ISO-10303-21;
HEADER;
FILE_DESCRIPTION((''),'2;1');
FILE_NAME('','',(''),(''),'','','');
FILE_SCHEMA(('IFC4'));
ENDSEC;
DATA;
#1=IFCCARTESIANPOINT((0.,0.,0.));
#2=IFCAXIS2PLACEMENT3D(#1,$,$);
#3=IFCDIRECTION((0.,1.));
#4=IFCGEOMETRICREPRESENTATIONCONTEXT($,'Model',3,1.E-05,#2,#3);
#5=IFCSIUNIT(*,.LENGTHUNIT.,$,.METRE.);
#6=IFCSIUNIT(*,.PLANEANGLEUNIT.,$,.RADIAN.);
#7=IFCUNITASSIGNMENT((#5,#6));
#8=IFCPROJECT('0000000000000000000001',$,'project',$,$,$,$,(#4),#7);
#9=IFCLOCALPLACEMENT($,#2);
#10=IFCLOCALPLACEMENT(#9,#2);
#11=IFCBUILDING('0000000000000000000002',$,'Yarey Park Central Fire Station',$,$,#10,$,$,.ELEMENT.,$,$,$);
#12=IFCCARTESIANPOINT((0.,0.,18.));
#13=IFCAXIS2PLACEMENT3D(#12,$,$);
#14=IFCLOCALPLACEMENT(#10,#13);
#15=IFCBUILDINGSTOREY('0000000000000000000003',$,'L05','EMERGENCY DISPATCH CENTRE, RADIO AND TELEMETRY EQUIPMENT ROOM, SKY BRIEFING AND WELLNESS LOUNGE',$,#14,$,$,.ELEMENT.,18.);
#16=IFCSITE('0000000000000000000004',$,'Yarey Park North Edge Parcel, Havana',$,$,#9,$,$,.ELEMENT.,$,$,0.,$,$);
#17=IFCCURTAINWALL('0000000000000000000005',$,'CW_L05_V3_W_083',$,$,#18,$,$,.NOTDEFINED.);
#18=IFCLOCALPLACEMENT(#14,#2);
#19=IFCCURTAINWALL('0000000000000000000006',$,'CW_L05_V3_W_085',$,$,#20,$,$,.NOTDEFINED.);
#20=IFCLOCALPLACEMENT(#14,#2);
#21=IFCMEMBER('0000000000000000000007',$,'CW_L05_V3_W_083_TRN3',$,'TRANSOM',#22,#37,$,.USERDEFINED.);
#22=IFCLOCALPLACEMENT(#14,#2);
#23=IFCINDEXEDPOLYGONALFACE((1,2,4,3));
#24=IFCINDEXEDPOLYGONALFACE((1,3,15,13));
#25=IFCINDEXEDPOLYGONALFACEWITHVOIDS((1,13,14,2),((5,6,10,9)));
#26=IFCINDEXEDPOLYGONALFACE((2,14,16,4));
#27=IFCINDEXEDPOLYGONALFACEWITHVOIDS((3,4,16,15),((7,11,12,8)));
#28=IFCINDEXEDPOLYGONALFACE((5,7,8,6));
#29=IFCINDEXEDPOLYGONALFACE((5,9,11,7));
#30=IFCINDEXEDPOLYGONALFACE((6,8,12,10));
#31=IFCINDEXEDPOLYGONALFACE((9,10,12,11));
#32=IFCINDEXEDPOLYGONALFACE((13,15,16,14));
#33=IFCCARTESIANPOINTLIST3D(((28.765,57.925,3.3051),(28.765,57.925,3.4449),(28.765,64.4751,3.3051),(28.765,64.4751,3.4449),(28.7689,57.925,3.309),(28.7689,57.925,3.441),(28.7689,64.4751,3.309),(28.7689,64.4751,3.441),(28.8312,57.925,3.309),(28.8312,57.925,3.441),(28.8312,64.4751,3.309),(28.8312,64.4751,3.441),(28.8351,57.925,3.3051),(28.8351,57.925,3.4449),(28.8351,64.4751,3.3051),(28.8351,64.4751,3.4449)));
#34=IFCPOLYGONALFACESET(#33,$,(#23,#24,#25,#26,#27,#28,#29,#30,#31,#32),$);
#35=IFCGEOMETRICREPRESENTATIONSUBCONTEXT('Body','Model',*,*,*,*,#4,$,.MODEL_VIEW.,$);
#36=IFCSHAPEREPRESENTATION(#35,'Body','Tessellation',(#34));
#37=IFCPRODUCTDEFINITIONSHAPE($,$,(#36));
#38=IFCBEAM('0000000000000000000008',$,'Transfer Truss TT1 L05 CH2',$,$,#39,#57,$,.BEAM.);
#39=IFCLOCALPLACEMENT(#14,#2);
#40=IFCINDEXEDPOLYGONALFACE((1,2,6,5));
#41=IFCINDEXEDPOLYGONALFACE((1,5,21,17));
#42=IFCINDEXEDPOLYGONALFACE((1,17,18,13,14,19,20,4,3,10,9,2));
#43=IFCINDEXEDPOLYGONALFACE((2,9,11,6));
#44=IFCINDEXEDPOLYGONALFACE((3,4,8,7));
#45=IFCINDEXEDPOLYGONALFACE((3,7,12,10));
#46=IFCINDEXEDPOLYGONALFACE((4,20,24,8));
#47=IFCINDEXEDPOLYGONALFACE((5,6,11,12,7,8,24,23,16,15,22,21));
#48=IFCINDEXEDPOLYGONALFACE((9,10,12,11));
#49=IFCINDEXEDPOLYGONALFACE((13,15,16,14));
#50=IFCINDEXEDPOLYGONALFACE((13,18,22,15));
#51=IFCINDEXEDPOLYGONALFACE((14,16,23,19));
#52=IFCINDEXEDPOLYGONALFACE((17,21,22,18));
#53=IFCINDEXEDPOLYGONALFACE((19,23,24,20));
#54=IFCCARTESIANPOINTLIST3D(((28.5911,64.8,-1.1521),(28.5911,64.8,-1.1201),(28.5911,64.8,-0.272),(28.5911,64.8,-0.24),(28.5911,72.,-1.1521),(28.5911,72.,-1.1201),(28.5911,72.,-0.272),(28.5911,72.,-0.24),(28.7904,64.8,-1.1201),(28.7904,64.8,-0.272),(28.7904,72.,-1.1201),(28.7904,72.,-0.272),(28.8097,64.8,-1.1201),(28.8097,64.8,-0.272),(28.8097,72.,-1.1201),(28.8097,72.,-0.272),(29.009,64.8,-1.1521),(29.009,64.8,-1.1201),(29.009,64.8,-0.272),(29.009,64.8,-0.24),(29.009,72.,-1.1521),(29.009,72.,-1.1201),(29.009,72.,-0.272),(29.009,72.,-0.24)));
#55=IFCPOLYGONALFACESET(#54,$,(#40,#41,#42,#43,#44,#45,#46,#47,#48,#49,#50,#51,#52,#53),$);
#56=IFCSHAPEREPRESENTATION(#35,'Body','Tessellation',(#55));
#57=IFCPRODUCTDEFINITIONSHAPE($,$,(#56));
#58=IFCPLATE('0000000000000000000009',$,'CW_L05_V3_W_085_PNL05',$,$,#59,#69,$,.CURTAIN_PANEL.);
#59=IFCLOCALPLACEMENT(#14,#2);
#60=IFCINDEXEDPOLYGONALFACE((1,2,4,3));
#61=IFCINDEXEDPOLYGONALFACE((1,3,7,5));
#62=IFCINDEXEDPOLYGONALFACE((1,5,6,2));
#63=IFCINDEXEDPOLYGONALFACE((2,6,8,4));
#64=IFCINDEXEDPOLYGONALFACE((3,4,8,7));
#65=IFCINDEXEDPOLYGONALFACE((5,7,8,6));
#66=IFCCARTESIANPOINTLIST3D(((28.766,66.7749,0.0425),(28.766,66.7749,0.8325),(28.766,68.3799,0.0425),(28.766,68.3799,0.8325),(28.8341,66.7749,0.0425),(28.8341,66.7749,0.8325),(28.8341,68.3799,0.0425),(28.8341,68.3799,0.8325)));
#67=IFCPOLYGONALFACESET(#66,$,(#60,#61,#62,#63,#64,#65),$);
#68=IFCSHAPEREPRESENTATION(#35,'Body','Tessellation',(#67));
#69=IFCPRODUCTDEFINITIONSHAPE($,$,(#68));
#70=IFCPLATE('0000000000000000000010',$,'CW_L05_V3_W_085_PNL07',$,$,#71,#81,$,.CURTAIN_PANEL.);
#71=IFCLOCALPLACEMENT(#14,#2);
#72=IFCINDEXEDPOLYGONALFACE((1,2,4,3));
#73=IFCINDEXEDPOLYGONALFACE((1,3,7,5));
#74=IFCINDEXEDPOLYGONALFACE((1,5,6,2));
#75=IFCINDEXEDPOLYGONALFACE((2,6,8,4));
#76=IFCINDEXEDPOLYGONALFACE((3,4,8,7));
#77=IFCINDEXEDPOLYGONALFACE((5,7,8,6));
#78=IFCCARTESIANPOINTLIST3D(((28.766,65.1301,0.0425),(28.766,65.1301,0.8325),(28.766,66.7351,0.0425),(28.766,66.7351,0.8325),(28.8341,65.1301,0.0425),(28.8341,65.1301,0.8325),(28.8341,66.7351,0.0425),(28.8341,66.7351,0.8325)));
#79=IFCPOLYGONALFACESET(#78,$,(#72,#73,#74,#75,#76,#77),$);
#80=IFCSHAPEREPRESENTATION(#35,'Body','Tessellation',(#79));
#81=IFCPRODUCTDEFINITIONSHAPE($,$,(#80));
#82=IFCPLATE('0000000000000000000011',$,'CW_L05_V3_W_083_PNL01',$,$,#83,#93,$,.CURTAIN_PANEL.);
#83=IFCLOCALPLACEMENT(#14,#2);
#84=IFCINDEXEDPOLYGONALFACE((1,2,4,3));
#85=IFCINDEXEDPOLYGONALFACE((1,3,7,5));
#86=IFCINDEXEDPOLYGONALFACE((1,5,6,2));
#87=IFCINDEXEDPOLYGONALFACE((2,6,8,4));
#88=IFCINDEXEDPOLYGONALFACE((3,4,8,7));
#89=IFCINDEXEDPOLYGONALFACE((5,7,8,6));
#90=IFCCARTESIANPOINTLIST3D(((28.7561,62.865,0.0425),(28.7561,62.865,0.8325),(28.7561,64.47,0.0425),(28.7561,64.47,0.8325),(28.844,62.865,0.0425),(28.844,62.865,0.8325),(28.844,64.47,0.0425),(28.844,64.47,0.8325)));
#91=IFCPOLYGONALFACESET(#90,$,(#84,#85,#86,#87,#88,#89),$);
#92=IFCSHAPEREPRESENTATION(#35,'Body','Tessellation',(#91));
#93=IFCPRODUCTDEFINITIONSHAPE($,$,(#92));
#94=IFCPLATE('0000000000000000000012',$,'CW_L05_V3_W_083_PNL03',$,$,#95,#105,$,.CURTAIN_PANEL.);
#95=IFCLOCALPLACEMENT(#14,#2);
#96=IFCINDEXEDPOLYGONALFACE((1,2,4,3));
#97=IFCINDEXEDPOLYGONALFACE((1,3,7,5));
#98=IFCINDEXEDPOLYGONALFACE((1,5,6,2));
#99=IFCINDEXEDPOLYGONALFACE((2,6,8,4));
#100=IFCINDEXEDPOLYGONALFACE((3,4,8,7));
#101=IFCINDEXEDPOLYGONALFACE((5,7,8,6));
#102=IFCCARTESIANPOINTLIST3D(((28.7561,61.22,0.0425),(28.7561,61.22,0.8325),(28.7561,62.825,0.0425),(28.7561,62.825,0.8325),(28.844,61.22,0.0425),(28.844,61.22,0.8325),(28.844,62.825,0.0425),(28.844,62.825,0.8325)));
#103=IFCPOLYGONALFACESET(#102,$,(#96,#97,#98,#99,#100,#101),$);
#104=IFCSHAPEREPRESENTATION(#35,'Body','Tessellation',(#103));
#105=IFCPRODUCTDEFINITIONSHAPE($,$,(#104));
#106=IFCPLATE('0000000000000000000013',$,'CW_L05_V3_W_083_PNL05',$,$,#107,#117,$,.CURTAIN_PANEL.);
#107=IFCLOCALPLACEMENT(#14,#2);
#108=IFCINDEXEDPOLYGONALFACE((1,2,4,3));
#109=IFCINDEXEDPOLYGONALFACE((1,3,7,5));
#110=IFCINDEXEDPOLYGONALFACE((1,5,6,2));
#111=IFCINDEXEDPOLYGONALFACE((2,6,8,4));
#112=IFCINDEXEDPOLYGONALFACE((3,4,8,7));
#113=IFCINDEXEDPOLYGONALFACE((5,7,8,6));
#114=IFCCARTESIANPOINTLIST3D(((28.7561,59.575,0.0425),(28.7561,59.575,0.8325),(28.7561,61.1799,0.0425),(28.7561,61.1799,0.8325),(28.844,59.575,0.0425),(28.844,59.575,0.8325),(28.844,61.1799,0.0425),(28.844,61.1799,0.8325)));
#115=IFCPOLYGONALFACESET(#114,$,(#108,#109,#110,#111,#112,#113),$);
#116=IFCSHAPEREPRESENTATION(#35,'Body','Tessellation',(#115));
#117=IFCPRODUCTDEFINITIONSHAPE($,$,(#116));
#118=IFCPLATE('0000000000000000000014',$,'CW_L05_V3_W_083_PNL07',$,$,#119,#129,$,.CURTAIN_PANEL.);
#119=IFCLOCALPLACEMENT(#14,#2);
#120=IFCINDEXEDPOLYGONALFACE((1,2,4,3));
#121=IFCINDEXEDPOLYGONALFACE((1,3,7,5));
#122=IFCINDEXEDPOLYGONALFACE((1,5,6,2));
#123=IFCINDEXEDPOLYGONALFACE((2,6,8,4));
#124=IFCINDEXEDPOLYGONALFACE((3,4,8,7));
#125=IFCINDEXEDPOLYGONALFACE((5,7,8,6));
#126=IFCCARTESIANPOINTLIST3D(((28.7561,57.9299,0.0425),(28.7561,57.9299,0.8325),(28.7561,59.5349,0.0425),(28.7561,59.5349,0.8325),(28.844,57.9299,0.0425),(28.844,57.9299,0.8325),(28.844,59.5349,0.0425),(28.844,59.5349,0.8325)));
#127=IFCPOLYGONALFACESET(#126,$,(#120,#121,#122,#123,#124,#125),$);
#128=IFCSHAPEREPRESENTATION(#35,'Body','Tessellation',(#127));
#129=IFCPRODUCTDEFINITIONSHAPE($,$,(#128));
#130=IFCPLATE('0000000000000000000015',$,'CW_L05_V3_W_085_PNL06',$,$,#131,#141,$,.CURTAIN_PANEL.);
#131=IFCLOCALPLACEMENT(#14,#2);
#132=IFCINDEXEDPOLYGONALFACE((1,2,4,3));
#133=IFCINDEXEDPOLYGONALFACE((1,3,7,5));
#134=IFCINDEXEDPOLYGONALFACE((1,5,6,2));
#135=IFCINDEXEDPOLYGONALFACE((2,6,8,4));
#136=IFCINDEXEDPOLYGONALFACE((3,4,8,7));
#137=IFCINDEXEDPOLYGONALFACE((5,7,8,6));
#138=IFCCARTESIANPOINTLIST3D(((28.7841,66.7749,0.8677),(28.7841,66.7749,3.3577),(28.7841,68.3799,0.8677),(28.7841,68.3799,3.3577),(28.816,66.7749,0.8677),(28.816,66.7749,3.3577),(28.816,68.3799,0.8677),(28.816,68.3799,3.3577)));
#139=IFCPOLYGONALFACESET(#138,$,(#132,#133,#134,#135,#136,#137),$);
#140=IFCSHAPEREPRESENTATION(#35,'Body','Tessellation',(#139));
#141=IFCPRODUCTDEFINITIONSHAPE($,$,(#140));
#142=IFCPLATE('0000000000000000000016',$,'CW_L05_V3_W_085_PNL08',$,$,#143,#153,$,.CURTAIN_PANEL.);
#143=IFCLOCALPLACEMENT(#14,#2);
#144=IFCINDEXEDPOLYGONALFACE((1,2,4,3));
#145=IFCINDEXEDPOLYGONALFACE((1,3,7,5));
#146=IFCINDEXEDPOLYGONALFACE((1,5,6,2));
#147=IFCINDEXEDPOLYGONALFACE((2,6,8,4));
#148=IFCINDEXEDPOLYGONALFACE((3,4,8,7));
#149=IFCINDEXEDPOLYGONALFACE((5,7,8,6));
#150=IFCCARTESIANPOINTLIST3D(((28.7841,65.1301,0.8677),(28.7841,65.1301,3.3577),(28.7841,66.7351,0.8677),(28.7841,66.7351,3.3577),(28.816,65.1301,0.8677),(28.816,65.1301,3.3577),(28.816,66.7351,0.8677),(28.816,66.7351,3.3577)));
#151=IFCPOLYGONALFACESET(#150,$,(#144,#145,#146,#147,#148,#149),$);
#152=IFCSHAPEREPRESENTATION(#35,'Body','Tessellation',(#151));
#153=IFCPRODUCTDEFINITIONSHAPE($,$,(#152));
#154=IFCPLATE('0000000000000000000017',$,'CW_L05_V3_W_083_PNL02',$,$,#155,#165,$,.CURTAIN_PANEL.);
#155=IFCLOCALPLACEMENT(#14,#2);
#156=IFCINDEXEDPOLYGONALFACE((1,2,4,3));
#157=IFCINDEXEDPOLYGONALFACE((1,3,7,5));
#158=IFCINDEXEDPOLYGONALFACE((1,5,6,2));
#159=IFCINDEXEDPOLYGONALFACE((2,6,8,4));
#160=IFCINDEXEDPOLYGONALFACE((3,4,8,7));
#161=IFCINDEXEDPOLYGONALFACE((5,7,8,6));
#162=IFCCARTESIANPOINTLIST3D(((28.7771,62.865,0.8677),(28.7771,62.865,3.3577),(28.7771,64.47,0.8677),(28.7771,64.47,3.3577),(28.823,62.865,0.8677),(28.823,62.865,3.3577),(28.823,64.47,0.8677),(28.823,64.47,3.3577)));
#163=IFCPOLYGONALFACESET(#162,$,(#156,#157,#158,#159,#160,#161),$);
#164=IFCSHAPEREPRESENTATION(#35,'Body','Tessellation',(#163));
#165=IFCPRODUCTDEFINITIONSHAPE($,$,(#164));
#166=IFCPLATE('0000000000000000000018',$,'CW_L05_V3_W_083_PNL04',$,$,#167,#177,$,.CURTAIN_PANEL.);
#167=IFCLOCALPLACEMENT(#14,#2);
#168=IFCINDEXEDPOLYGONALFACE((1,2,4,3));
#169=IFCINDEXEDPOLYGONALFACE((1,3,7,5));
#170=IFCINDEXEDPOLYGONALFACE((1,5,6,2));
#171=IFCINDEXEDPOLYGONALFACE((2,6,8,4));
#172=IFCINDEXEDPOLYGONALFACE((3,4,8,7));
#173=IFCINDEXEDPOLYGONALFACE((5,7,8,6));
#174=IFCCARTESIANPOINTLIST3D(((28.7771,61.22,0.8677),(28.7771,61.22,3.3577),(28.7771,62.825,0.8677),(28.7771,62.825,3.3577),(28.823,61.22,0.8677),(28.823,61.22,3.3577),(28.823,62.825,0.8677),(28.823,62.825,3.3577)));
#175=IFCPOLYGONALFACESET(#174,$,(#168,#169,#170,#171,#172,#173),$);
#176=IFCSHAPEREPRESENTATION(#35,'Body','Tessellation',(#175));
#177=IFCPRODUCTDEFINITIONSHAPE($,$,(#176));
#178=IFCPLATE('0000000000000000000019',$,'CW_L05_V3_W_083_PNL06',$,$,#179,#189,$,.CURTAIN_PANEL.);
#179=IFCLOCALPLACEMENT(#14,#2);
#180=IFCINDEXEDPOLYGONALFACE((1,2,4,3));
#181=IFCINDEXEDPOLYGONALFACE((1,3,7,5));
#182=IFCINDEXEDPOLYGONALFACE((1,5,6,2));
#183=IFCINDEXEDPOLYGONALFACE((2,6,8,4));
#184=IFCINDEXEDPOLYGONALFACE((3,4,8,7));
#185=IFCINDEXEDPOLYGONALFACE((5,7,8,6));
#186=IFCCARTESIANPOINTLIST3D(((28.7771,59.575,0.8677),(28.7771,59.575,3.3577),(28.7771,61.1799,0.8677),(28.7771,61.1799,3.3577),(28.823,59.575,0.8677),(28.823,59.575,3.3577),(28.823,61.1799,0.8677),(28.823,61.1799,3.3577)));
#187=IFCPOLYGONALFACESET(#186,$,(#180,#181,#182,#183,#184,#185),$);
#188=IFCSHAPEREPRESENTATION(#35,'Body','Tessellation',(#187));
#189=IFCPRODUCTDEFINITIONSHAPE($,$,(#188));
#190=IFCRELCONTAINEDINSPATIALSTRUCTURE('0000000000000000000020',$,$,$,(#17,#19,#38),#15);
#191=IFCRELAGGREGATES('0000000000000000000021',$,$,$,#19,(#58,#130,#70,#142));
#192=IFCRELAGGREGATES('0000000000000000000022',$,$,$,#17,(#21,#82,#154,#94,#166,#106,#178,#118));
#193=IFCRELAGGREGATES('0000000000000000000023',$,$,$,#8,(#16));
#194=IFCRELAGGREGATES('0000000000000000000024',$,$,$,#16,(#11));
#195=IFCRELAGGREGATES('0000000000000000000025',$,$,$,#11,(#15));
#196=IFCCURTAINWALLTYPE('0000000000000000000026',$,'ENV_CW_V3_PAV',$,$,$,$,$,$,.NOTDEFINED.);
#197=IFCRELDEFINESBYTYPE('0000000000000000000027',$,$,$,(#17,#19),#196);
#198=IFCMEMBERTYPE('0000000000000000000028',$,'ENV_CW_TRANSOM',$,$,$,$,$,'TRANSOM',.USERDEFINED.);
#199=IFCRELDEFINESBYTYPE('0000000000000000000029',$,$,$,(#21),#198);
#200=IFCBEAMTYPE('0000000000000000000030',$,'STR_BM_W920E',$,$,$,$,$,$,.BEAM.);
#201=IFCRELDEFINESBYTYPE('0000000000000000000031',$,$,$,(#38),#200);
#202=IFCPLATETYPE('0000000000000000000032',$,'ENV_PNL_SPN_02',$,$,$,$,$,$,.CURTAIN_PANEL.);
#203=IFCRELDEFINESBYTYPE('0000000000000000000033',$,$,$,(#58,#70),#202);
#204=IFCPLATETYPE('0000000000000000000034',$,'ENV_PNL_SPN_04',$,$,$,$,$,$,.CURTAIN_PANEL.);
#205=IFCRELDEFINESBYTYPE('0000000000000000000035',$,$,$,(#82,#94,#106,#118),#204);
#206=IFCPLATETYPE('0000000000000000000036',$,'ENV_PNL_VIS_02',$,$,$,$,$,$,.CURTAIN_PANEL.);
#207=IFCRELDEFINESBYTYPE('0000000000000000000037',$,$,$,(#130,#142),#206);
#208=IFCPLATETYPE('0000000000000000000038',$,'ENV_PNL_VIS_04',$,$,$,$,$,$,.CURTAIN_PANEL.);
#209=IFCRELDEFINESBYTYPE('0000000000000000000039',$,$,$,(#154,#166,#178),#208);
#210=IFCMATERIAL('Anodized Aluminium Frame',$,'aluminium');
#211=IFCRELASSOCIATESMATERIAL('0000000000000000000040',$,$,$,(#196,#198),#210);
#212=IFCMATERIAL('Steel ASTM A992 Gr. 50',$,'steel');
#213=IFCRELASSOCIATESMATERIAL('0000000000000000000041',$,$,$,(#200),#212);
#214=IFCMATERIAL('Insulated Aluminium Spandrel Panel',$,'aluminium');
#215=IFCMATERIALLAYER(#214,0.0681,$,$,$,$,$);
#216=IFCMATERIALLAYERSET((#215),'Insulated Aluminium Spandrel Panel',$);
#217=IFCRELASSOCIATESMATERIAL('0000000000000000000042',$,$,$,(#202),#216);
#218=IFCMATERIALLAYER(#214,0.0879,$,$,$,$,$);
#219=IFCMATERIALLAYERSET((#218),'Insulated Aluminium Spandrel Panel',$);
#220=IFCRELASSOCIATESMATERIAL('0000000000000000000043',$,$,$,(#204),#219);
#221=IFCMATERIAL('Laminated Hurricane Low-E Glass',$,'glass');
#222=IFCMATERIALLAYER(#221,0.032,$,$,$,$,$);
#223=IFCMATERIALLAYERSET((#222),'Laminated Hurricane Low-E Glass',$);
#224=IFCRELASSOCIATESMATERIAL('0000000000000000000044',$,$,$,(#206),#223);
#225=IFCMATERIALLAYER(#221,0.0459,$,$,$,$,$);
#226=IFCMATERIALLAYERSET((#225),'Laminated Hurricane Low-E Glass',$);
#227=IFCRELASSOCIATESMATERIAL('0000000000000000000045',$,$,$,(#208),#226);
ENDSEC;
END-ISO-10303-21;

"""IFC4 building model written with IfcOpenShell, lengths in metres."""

from ifc_helpers import new_model, si_unit, direction, frame, origin, origin_2d, place, context, subcontext, project, spatial, rectangle, hollow_rectangle, i_section, extrude, material, layer, layer_set, material_profile, profile_set, type_object, element, aggregate, save


model = new_model("IFC4")

# Units and contexts
model_context = context("Model", 3, precision=1e-05, world=origin(), true_north=direction((0.0, 1.0)))
body_context = subcontext(model_context, "Body", "Model", "MODEL_VIEW")
ifc_project = project(units=[si_unit("LENGTHUNIT", "METRE"), si_unit("PLANEANGLEUNIT", "RADIAN")], contexts=[model_context])

# Site, building, storey
site_placement = place(None, origin())
site = spatial("IfcSite", under=ifc_project, at=site_placement, Name="Yarey Park North Edge Parcel, Havana", CompositionType="ELEMENT", RefElevation=0.0)
building_placement = place(site_placement, origin())
building = spatial("IfcBuilding", under=site, at=building_placement, Name="Yarey Park Central Fire Station", CompositionType="ELEMENT")
storey_placement = place(building_placement, frame((0.0, 0.0, 18.0)))
storey = spatial("IfcBuildingStorey", under=building, at=storey_placement, Name="L05", Description="EMERGENCY DISPATCH CENTRE, RADIO AND TELEMETRY EQUIPMENT ROOM, SKY BRIEFING AND WELLNESS LOUNGE", CompositionType="ELEMENT", Elevation=18.0)

# Shared definitions
ifc_material_1 = material(Name="Steel ASTM A992 Gr. 50", Category="steel")

# Curtain walls
ifc_material_2 = material(Name="Anodized Aluminium Frame", Category="aluminium")
curtain_wall_type = type_object("IfcCurtainWallType", Name="ENV_CW_V3_PAV", PredefinedType="NOTDEFINED", material=ifc_material_2)
curtain_wall_1_placement = place(storey_placement, origin())
curtain_wall_1 = element("IfcCurtainWall", 1, at=curtain_wall_1_placement, inside=storey, type_object=curtain_wall_type, Name="CW_L05_V3_W_083", PredefinedType="NOTDEFINED")
curtain_wall_2_placement = place(storey_placement, origin())
curtain_wall_2 = element("IfcCurtainWall", 2, at=curtain_wall_2_placement, inside=storey, type_object=curtain_wall_type, Name="CW_L05_V3_W_085", PredefinedType="NOTDEFINED")

# Member
ifc_material_profile_1 = material_profile(ifc_material_2, hollow_rectangle(XDim=0.0701, YDim=0.1399, WallThickness=0.0039, at=origin_2d()), Name="ALU 140x70x4")
ifc_profile_set_1 = profile_set([ifc_material_profile_1], Name="Anodized Aluminium Frame")
member_type_1 = type_object("IfcMemberType", Name="ENV_CW_TRANSOM", ElementType="TRANSOM", PredefinedType="USERDEFINED", material=ifc_profile_set_1)
member_1_placement = place(storey_placement, frame((28.8, 64.4751, 3.375), z_axis=(0.0, -1.0, 0.0), x_axis=(1.0, 0.0, 0.0)))
member_1 = element("IfcMember", 3, at=member_1_placement, type_object=member_type_1, Name="CW_L05_V3_W_083_TRN3", ObjectType="TRANSOM", PredefinedType="USERDEFINED", context=body_context, shape_type="SweptSolid", body=[
    extrude(hollow_rectangle(XDim=0.0701, YDim=0.1399, WallThickness=0.0039, at=origin_2d()), origin(), (0.0, 0.0, 1.0), 6.55),
])

# Beam
ifc_material_profile_2 = material_profile(ifc_material_1, i_section(OverallWidth=0.418, OverallDepth=0.9121, WebThickness=0.0193, FlangeThickness=0.032, at=origin_2d()), Name="W920x342")
ifc_profile_set_2 = profile_set([ifc_material_profile_2], Name="Steel ASTM A992 Gr. 50")
beam_type = type_object("IfcBeamType", Name="STR_BM_W920E", PredefinedType="BEAM", material=ifc_profile_set_2)
beam_placement = place(storey_placement, frame((28.8, 64.8, -0.696), z_axis=(0.0, 1.0, 0.0), x_axis=(-1.0, 0.0, 0.0)))
element("IfcBeam", 4, at=beam_placement, inside=storey, type_object=beam_type, Name="Transfer Truss TT1 L05 CH2", PredefinedType="BEAM", context=body_context, shape_type="SweptSolid", body=[
    extrude(i_section(OverallWidth=0.418, OverallDepth=0.9121, WebThickness=0.0193, FlangeThickness=0.032, at=origin_2d()), origin(), (0.0, 0.0, 1.0), 7.2),
])

# Plates
ifc_material_3 = material(Name="Insulated Aluminium Spandrel Panel", Category="aluminium")
ifc_layer_1 = layer(ifc_material_3, 0.0681)
ifc_layer_set_1 = layer_set([ifc_layer_1], Name="Insulated Aluminium Spandrel Panel")
plate_type_1 = type_object("IfcPlateType", Name="ENV_PNL_SPN_02", PredefinedType="CURTAIN_PANEL", material=ifc_layer_set_1)
plate_1_placement = place(storey_placement, frame((28.8, 67.5774, 0.0425), z_axis=(0.0, 0.0, 1.0), x_axis=(0.0, -1.0, 0.0)))
plate_1 = element("IfcPlate", 5, at=plate_1_placement, type_object=plate_type_1, Name="CW_L05_V3_W_085_PNL05", PredefinedType="CURTAIN_PANEL", context=body_context, shape_type="SweptSolid", body=[
    extrude(rectangle(XDim=1.605, YDim=0.0681, at=origin_2d()), origin(), (0.0, 0.0, 1.0), 0.79),
])
plate_2_placement = place(storey_placement, frame((28.8, 65.9326, 0.0425), z_axis=(0.0, 0.0, 1.0), x_axis=(0.0, -1.0, 0.0)))
plate_2 = element("IfcPlate", 6, at=plate_2_placement, type_object=plate_type_1, Name="CW_L05_V3_W_085_PNL07", PredefinedType="CURTAIN_PANEL", context=body_context, shape_type="SweptSolid", body=[
    extrude(rectangle(XDim=1.605, YDim=0.0681, at=origin_2d()), origin(), (0.0, 0.0, 1.0), 0.79),
])
ifc_layer_2 = layer(ifc_material_3, 0.0879)
ifc_layer_set_2 = layer_set([ifc_layer_2], Name="Insulated Aluminium Spandrel Panel")
plate_type_2 = type_object("IfcPlateType", Name="ENV_PNL_SPN_04", PredefinedType="CURTAIN_PANEL", material=ifc_layer_set_2)
plate_3_placement = place(storey_placement, frame((28.8, 63.6675, 0.0425), z_axis=(0.0, 0.0, 1.0), x_axis=(0.0, -1.0, 0.0)))
plate_3 = element("IfcPlate", 7, at=plate_3_placement, type_object=plate_type_2, Name="CW_L05_V3_W_083_PNL01", PredefinedType="CURTAIN_PANEL", context=body_context, shape_type="SweptSolid", body=[
    extrude(rectangle(XDim=1.605, YDim=0.0879, at=origin_2d()), origin(), (0.0, 0.0, 1.0), 0.79),
])
plate_4_placement = place(storey_placement, frame((28.8, 62.0225, 0.0425), z_axis=(0.0, 0.0, 1.0), x_axis=(0.0, -1.0, 0.0)))
plate_4 = element("IfcPlate", 8, at=plate_4_placement, type_object=plate_type_2, Name="CW_L05_V3_W_083_PNL03", PredefinedType="CURTAIN_PANEL", context=body_context, shape_type="SweptSolid", body=[
    extrude(rectangle(XDim=1.605, YDim=0.0879, at=origin_2d()), origin(), (0.0, 0.0, 1.0), 0.79),
])
plate_5_placement = place(storey_placement, frame((28.8, 60.3774, 0.0425), z_axis=(0.0, 0.0, 1.0), x_axis=(0.0, -1.0, 0.0)))
plate_5 = element("IfcPlate", 9, at=plate_5_placement, type_object=plate_type_2, Name="CW_L05_V3_W_083_PNL05", PredefinedType="CURTAIN_PANEL", context=body_context, shape_type="SweptSolid", body=[
    extrude(rectangle(XDim=1.605, YDim=0.0879, at=origin_2d()), origin(), (0.0, 0.0, 1.0), 0.79),
])
plate_6_placement = place(storey_placement, frame((28.8, 58.7324, 0.0425), z_axis=(0.0, 0.0, 1.0), x_axis=(0.0, -1.0, 0.0)))
plate_6 = element("IfcPlate", 10, at=plate_6_placement, type_object=plate_type_2, Name="CW_L05_V3_W_083_PNL07", PredefinedType="CURTAIN_PANEL", context=body_context, shape_type="SweptSolid", body=[
    extrude(rectangle(XDim=1.605, YDim=0.0879, at=origin_2d()), origin(), (0.0, 0.0, 1.0), 0.79),
])
ifc_material_4 = material(Name="Laminated Hurricane Low-E Glass", Category="glass")
ifc_layer_3 = layer(ifc_material_4, 0.032)
ifc_layer_set_3 = layer_set([ifc_layer_3], Name="Laminated Hurricane Low-E Glass")
plate_type_3 = type_object("IfcPlateType", Name="ENV_PNL_VIS_02", PredefinedType="CURTAIN_PANEL", material=ifc_layer_set_3)
plate_7_placement = place(storey_placement, frame((28.8, 67.5774, 0.8677), z_axis=(0.0, 0.0, 1.0), x_axis=(0.0, -1.0, 0.0)))
plate_7 = element("IfcPlate", 11, at=plate_7_placement, type_object=plate_type_3, Name="CW_L05_V3_W_085_PNL06", PredefinedType="CURTAIN_PANEL", context=body_context, shape_type="SweptSolid", body=[
    extrude(rectangle(XDim=1.605, YDim=0.032, at=origin_2d()), origin(), (0.0, 0.0, 1.0), 2.49),
])
plate_8_placement = place(storey_placement, frame((28.8, 65.9326, 0.8677), z_axis=(0.0, 0.0, 1.0), x_axis=(0.0, -1.0, 0.0)))
plate_8 = element("IfcPlate", 12, at=plate_8_placement, type_object=plate_type_3, Name="CW_L05_V3_W_085_PNL08", PredefinedType="CURTAIN_PANEL", context=body_context, shape_type="SweptSolid", body=[
    extrude(rectangle(XDim=1.605, YDim=0.032, at=origin_2d()), origin(), (0.0, 0.0, 1.0), 2.49),
])
aggregate(curtain_wall_2, [plate_1, plate_7, plate_2, plate_8])
ifc_layer_4 = layer(ifc_material_4, 0.0459)
ifc_layer_set_4 = layer_set([ifc_layer_4], Name="Laminated Hurricane Low-E Glass")
plate_type_4 = type_object("IfcPlateType", Name="ENV_PNL_VIS_04", PredefinedType="CURTAIN_PANEL", material=ifc_layer_set_4)
plate_9_placement = place(storey_placement, frame((28.8, 63.6675, 0.8677), z_axis=(0.0, 0.0, 1.0), x_axis=(0.0, -1.0, 0.0)))
plate_9 = element("IfcPlate", 13, at=plate_9_placement, type_object=plate_type_4, Name="CW_L05_V3_W_083_PNL02", PredefinedType="CURTAIN_PANEL", context=body_context, shape_type="SweptSolid", body=[
    extrude(rectangle(XDim=1.605, YDim=0.0459, at=origin_2d()), origin(), (0.0, 0.0, 1.0), 2.49),
])
plate_10_placement = place(storey_placement, frame((28.8, 62.0225, 0.8677), z_axis=(0.0, 0.0, 1.0), x_axis=(0.0, -1.0, 0.0)))
plate_10 = element("IfcPlate", 14, at=plate_10_placement, type_object=plate_type_4, Name="CW_L05_V3_W_083_PNL04", PredefinedType="CURTAIN_PANEL", context=body_context, shape_type="SweptSolid", body=[
    extrude(rectangle(XDim=1.605, YDim=0.0459, at=origin_2d()), origin(), (0.0, 0.0, 1.0), 2.49),
])
plate_11_placement = place(storey_placement, frame((28.8, 60.3774, 0.8677), z_axis=(0.0, 0.0, 1.0), x_axis=(0.0, -1.0, 0.0)))
plate_11 = element("IfcPlate", 15, at=plate_11_placement, type_object=plate_type_4, Name="CW_L05_V3_W_083_PNL06", PredefinedType="CURTAIN_PANEL", context=body_context, shape_type="SweptSolid", body=[
    extrude(rectangle(XDim=1.605, YDim=0.0459, at=origin_2d()), origin(), (0.0, 0.0, 1.0), 2.49),
])
aggregate(curtain_wall_1, [member_1, plate_3, plate_9, plate_4, plate_10, plate_5, plate_11, plate_6])

save(model, "model.ifc")
